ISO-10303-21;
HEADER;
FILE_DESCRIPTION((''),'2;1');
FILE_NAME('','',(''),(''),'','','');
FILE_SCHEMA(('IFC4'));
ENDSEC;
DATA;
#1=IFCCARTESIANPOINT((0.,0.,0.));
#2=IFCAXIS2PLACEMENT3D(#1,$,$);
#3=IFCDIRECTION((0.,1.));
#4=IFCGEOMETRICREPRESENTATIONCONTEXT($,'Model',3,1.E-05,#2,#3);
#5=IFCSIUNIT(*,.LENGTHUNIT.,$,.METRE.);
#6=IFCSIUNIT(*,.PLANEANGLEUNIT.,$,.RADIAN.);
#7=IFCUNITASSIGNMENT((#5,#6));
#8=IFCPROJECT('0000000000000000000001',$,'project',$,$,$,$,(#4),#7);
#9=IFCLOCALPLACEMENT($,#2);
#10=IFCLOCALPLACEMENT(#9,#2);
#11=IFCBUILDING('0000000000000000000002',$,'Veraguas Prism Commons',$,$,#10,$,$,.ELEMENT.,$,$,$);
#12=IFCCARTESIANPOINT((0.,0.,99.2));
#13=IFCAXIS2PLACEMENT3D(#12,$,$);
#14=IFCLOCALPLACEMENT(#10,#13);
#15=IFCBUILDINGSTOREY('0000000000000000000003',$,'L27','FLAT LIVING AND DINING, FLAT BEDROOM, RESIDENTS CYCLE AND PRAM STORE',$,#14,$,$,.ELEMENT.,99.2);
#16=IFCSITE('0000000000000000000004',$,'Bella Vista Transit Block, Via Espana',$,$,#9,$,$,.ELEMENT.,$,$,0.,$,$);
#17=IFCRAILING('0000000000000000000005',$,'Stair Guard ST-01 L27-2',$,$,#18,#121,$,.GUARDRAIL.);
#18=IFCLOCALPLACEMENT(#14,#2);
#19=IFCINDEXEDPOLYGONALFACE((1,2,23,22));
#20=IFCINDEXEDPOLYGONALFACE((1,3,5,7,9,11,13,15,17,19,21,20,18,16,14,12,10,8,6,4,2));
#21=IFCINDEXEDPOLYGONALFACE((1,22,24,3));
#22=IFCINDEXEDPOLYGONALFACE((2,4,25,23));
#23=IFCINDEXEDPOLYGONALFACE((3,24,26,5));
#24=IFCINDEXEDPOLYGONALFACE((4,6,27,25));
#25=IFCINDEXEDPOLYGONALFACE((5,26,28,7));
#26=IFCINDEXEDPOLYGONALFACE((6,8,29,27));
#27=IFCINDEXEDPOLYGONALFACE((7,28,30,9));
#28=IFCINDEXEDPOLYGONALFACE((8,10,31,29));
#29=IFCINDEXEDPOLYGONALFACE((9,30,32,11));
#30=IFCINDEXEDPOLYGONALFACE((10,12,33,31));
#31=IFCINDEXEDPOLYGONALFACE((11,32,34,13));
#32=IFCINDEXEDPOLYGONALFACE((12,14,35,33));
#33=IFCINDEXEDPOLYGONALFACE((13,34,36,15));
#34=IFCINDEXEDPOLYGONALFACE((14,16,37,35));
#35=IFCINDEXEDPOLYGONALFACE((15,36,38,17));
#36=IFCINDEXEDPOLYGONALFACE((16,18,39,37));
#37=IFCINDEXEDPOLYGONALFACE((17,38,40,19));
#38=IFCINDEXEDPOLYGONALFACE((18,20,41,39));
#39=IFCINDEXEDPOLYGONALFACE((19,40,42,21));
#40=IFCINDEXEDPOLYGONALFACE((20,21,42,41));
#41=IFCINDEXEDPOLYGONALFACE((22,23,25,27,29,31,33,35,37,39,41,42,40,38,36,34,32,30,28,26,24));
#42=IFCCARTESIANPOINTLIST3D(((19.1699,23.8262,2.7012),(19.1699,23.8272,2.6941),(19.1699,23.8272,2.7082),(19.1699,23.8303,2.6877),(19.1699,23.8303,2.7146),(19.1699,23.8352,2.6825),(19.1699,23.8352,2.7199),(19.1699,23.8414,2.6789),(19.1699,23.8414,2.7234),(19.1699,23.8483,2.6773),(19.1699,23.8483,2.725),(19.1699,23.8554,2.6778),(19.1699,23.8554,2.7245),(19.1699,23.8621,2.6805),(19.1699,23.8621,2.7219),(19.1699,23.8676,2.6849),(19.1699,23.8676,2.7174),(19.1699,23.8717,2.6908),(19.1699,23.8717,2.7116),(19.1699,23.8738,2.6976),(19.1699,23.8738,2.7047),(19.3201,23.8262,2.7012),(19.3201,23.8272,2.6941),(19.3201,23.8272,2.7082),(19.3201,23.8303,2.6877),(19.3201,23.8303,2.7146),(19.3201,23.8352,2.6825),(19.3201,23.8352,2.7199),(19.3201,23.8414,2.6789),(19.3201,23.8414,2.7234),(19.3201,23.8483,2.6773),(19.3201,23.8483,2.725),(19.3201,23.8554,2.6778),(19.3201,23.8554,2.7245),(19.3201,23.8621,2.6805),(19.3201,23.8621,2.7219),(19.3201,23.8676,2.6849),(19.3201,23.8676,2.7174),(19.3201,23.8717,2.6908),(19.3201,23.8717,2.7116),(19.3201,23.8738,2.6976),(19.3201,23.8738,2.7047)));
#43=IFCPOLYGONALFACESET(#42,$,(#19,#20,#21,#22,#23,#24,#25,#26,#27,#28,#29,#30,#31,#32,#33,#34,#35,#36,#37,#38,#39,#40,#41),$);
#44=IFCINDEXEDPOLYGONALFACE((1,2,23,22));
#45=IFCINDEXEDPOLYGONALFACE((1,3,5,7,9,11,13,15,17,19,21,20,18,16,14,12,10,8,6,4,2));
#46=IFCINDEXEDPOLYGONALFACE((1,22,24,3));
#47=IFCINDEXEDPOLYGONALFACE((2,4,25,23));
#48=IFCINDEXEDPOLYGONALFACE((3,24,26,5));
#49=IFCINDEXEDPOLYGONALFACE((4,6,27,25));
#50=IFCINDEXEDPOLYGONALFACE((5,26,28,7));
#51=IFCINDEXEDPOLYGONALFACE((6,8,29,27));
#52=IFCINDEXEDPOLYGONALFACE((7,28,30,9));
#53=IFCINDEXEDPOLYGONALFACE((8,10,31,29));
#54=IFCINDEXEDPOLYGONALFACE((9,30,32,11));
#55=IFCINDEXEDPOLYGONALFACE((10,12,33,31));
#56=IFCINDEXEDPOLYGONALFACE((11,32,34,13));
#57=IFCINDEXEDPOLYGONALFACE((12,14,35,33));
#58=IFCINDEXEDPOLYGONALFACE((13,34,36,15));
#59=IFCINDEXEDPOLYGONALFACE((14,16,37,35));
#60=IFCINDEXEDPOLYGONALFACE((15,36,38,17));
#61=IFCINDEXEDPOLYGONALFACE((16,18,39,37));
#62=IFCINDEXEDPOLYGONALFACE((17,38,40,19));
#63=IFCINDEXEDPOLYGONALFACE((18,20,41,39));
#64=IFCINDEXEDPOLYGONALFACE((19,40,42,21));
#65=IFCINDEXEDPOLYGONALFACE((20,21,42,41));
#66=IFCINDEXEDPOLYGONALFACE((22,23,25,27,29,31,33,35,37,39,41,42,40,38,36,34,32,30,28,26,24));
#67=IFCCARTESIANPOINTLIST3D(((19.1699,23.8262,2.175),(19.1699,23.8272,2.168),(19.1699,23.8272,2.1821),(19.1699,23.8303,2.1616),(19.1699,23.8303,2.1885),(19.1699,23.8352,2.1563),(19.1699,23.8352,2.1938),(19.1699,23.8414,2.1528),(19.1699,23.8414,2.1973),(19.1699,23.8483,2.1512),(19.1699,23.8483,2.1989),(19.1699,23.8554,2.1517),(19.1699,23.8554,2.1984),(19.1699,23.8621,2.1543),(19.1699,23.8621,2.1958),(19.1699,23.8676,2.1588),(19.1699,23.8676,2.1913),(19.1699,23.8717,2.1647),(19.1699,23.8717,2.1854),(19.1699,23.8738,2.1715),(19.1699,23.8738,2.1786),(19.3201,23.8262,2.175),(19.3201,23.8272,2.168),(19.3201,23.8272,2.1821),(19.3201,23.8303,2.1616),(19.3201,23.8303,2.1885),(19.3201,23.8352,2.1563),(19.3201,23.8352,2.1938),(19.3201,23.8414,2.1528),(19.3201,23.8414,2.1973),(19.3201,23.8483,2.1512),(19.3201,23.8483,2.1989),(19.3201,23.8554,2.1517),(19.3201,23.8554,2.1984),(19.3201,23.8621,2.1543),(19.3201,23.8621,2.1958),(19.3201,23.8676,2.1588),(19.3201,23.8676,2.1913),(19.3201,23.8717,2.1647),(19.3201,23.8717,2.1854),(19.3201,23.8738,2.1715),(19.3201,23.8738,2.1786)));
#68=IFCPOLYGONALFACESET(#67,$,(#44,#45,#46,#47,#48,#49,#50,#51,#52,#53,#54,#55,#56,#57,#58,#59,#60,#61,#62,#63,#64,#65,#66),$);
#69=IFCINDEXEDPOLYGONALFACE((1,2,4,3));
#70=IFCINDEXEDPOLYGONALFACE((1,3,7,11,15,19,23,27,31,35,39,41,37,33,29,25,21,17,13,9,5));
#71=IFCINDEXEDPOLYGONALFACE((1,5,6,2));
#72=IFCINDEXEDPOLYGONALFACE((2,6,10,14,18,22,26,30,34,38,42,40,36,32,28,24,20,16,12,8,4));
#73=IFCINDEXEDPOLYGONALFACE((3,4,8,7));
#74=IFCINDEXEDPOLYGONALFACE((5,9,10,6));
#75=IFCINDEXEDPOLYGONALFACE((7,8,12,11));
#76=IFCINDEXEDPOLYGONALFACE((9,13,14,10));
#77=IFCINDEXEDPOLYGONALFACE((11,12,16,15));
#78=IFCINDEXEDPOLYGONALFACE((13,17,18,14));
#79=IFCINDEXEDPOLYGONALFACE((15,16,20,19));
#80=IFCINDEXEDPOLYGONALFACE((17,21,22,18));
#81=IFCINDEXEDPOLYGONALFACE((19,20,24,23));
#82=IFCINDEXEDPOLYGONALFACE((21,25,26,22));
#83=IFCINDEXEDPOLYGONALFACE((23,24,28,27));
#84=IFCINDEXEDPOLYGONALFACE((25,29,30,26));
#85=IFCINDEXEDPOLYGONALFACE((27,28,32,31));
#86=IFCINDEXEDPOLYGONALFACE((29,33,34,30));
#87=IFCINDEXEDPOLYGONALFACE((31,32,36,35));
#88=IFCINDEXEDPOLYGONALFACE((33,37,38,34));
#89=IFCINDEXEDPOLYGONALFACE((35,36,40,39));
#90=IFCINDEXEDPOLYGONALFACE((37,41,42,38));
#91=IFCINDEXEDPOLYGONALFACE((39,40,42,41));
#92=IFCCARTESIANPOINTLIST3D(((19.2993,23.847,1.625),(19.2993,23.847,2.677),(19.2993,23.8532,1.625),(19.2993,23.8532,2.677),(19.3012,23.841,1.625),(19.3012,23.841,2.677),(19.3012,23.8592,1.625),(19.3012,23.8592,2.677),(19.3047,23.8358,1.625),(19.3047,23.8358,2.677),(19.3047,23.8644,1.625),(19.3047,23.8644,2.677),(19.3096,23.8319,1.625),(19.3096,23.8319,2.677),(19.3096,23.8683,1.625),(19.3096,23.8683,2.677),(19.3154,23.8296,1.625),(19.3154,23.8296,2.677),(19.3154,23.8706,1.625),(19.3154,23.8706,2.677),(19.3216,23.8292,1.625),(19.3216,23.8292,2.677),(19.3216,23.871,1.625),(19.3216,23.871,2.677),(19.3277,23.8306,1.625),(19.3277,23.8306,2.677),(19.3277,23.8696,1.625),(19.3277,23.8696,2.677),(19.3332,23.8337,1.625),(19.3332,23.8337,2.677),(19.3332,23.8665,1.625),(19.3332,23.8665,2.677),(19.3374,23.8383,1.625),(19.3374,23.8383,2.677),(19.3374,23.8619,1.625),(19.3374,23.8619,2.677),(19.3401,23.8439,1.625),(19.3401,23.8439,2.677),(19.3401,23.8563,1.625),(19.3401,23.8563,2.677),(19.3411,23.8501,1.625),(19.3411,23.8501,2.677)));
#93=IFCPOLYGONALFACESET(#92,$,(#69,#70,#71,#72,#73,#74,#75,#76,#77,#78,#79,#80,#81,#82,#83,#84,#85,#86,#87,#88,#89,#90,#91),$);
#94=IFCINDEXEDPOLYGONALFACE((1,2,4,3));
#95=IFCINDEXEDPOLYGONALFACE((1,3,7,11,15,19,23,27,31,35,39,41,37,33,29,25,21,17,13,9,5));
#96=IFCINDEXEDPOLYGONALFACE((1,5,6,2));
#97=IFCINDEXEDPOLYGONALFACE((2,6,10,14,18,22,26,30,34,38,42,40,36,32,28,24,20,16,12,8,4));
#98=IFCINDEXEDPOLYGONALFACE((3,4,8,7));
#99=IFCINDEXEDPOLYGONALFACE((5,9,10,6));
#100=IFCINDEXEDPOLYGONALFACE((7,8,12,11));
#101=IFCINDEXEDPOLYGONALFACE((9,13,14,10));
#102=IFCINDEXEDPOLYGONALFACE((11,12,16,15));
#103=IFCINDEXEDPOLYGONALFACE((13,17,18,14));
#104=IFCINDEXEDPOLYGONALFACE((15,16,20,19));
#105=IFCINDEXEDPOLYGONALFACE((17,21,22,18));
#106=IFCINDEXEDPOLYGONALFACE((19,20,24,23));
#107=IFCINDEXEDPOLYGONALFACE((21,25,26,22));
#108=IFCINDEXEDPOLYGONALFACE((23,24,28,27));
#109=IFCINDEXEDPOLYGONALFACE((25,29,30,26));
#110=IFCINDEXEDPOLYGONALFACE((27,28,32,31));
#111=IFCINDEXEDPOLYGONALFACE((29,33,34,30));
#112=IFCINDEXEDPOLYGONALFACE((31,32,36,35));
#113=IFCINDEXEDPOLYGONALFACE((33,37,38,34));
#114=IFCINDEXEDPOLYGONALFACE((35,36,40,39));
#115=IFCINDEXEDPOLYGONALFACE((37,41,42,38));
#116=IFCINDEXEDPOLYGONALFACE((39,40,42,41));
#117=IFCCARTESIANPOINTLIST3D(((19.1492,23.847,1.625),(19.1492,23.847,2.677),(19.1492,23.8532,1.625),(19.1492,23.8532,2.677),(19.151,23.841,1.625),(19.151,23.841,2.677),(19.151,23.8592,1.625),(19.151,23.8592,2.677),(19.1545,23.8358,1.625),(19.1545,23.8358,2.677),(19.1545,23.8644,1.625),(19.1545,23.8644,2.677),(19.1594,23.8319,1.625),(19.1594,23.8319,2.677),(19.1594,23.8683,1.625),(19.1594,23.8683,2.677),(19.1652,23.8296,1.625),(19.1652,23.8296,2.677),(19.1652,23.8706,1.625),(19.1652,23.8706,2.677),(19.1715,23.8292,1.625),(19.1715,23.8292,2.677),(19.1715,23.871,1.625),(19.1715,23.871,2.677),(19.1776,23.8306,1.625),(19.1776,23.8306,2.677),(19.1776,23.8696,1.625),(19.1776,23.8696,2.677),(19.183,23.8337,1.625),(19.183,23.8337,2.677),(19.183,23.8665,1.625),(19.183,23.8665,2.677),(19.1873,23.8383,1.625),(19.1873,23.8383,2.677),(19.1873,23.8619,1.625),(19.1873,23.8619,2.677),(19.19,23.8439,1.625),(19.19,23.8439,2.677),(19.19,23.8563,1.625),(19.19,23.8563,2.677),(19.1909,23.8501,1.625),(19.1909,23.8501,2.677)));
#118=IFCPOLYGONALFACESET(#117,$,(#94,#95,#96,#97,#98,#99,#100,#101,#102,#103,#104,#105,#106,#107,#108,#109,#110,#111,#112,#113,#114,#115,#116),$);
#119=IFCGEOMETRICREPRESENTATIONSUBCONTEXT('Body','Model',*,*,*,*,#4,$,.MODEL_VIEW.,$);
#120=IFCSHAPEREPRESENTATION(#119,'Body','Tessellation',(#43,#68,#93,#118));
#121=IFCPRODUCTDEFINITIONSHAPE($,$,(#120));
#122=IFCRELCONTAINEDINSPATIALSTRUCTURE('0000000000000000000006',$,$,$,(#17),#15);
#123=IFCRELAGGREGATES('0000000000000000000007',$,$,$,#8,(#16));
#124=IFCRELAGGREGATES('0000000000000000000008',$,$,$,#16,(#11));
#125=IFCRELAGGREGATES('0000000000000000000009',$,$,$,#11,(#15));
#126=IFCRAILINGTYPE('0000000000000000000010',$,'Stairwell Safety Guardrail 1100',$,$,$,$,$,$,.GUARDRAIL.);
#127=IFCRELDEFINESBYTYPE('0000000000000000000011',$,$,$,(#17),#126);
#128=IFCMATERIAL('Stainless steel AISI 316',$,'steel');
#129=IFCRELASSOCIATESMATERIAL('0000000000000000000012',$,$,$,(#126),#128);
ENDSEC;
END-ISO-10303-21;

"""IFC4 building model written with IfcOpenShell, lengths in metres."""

from ifc_helpers import new_model, si_unit, direction, frame, origin, origin_2d, place, context, subcontext, project, spatial, circle, extrude, material, type_object, element, save


model = new_model("IFC4")

# Units and contexts
model_context = context("Model", 3, precision=1e-05, world=origin(), true_north=direction((0.0, 1.0)))
body_context = subcontext(model_context, "Body", "Model", "MODEL_VIEW")
ifc_project = project(units=[si_unit("LENGTHUNIT", "METRE"), si_unit("PLANEANGLEUNIT", "RADIAN")], contexts=[model_context])

# Site, building, storey
site_placement = place(None, origin())
site = spatial("IfcSite", under=ifc_project, at=site_placement, Name="Bella Vista Transit Block, Via Espana", CompositionType="ELEMENT", RefElevation=0.0)
building_placement = place(site_placement, origin())
building = spatial("IfcBuilding", under=site, at=building_placement, Name="Veraguas Prism Commons", CompositionType="ELEMENT")
storey_placement = place(building_placement, frame((0.0, 0.0, 99.2)))
storey = spatial("IfcBuildingStorey", under=building, at=storey_placement, Name="L27", Description="FLAT LIVING AND DINING, FLAT BEDROOM, RESIDENTS CYCLE AND PRAM STORE", CompositionType="ELEMENT", Elevation=99.2)

# Railing
ifc_material_1 = material(Name="Stainless steel AISI 316", Category="steel")
railing_type_1 = type_object("IfcRailingType", Name="Stairwell Safety Guardrail 1100", PredefinedType="GUARDRAIL", material=ifc_material_1)
railing_1_placement = place(storey_placement, frame((19.3201, 23.8501, 1.625)))
element("IfcRailing", 1, at=railing_1_placement, inside=storey, type_object=railing_type_1, Name="Stair Guard ST-01 L27-2", PredefinedType="GUARDRAIL", context=body_context, shape_type="SweptSolid", body=[
    extrude(circle(Radius=0.0239, at=origin_2d()), frame((0.0, 0.0, 1.0762), z_axis=(-1.0, 0.0, 0.0), x_axis=(0.0, -1.0, 0.0)), (0.0, 0.0, 1.0), 0.1501),
    extrude(circle(Radius=0.0239, at=origin_2d()), frame((0.0, 0.0, 0.55), z_axis=(-1.0, 0.0, 0.0), x_axis=(0.0, -1.0, 0.0)), (0.0, 0.0, 1.0), 0.1501),
    extrude(circle(Radius=0.021, at=origin_2d()), origin(), (0.0, 0.0, 1.0), 1.052),
    extrude(circle(Radius=0.021, at=origin_2d()), frame((-0.1501, 0.0, 0.0)), (0.0, 0.0, 1.0), 1.052),
])

save(model, "model.ifc")
